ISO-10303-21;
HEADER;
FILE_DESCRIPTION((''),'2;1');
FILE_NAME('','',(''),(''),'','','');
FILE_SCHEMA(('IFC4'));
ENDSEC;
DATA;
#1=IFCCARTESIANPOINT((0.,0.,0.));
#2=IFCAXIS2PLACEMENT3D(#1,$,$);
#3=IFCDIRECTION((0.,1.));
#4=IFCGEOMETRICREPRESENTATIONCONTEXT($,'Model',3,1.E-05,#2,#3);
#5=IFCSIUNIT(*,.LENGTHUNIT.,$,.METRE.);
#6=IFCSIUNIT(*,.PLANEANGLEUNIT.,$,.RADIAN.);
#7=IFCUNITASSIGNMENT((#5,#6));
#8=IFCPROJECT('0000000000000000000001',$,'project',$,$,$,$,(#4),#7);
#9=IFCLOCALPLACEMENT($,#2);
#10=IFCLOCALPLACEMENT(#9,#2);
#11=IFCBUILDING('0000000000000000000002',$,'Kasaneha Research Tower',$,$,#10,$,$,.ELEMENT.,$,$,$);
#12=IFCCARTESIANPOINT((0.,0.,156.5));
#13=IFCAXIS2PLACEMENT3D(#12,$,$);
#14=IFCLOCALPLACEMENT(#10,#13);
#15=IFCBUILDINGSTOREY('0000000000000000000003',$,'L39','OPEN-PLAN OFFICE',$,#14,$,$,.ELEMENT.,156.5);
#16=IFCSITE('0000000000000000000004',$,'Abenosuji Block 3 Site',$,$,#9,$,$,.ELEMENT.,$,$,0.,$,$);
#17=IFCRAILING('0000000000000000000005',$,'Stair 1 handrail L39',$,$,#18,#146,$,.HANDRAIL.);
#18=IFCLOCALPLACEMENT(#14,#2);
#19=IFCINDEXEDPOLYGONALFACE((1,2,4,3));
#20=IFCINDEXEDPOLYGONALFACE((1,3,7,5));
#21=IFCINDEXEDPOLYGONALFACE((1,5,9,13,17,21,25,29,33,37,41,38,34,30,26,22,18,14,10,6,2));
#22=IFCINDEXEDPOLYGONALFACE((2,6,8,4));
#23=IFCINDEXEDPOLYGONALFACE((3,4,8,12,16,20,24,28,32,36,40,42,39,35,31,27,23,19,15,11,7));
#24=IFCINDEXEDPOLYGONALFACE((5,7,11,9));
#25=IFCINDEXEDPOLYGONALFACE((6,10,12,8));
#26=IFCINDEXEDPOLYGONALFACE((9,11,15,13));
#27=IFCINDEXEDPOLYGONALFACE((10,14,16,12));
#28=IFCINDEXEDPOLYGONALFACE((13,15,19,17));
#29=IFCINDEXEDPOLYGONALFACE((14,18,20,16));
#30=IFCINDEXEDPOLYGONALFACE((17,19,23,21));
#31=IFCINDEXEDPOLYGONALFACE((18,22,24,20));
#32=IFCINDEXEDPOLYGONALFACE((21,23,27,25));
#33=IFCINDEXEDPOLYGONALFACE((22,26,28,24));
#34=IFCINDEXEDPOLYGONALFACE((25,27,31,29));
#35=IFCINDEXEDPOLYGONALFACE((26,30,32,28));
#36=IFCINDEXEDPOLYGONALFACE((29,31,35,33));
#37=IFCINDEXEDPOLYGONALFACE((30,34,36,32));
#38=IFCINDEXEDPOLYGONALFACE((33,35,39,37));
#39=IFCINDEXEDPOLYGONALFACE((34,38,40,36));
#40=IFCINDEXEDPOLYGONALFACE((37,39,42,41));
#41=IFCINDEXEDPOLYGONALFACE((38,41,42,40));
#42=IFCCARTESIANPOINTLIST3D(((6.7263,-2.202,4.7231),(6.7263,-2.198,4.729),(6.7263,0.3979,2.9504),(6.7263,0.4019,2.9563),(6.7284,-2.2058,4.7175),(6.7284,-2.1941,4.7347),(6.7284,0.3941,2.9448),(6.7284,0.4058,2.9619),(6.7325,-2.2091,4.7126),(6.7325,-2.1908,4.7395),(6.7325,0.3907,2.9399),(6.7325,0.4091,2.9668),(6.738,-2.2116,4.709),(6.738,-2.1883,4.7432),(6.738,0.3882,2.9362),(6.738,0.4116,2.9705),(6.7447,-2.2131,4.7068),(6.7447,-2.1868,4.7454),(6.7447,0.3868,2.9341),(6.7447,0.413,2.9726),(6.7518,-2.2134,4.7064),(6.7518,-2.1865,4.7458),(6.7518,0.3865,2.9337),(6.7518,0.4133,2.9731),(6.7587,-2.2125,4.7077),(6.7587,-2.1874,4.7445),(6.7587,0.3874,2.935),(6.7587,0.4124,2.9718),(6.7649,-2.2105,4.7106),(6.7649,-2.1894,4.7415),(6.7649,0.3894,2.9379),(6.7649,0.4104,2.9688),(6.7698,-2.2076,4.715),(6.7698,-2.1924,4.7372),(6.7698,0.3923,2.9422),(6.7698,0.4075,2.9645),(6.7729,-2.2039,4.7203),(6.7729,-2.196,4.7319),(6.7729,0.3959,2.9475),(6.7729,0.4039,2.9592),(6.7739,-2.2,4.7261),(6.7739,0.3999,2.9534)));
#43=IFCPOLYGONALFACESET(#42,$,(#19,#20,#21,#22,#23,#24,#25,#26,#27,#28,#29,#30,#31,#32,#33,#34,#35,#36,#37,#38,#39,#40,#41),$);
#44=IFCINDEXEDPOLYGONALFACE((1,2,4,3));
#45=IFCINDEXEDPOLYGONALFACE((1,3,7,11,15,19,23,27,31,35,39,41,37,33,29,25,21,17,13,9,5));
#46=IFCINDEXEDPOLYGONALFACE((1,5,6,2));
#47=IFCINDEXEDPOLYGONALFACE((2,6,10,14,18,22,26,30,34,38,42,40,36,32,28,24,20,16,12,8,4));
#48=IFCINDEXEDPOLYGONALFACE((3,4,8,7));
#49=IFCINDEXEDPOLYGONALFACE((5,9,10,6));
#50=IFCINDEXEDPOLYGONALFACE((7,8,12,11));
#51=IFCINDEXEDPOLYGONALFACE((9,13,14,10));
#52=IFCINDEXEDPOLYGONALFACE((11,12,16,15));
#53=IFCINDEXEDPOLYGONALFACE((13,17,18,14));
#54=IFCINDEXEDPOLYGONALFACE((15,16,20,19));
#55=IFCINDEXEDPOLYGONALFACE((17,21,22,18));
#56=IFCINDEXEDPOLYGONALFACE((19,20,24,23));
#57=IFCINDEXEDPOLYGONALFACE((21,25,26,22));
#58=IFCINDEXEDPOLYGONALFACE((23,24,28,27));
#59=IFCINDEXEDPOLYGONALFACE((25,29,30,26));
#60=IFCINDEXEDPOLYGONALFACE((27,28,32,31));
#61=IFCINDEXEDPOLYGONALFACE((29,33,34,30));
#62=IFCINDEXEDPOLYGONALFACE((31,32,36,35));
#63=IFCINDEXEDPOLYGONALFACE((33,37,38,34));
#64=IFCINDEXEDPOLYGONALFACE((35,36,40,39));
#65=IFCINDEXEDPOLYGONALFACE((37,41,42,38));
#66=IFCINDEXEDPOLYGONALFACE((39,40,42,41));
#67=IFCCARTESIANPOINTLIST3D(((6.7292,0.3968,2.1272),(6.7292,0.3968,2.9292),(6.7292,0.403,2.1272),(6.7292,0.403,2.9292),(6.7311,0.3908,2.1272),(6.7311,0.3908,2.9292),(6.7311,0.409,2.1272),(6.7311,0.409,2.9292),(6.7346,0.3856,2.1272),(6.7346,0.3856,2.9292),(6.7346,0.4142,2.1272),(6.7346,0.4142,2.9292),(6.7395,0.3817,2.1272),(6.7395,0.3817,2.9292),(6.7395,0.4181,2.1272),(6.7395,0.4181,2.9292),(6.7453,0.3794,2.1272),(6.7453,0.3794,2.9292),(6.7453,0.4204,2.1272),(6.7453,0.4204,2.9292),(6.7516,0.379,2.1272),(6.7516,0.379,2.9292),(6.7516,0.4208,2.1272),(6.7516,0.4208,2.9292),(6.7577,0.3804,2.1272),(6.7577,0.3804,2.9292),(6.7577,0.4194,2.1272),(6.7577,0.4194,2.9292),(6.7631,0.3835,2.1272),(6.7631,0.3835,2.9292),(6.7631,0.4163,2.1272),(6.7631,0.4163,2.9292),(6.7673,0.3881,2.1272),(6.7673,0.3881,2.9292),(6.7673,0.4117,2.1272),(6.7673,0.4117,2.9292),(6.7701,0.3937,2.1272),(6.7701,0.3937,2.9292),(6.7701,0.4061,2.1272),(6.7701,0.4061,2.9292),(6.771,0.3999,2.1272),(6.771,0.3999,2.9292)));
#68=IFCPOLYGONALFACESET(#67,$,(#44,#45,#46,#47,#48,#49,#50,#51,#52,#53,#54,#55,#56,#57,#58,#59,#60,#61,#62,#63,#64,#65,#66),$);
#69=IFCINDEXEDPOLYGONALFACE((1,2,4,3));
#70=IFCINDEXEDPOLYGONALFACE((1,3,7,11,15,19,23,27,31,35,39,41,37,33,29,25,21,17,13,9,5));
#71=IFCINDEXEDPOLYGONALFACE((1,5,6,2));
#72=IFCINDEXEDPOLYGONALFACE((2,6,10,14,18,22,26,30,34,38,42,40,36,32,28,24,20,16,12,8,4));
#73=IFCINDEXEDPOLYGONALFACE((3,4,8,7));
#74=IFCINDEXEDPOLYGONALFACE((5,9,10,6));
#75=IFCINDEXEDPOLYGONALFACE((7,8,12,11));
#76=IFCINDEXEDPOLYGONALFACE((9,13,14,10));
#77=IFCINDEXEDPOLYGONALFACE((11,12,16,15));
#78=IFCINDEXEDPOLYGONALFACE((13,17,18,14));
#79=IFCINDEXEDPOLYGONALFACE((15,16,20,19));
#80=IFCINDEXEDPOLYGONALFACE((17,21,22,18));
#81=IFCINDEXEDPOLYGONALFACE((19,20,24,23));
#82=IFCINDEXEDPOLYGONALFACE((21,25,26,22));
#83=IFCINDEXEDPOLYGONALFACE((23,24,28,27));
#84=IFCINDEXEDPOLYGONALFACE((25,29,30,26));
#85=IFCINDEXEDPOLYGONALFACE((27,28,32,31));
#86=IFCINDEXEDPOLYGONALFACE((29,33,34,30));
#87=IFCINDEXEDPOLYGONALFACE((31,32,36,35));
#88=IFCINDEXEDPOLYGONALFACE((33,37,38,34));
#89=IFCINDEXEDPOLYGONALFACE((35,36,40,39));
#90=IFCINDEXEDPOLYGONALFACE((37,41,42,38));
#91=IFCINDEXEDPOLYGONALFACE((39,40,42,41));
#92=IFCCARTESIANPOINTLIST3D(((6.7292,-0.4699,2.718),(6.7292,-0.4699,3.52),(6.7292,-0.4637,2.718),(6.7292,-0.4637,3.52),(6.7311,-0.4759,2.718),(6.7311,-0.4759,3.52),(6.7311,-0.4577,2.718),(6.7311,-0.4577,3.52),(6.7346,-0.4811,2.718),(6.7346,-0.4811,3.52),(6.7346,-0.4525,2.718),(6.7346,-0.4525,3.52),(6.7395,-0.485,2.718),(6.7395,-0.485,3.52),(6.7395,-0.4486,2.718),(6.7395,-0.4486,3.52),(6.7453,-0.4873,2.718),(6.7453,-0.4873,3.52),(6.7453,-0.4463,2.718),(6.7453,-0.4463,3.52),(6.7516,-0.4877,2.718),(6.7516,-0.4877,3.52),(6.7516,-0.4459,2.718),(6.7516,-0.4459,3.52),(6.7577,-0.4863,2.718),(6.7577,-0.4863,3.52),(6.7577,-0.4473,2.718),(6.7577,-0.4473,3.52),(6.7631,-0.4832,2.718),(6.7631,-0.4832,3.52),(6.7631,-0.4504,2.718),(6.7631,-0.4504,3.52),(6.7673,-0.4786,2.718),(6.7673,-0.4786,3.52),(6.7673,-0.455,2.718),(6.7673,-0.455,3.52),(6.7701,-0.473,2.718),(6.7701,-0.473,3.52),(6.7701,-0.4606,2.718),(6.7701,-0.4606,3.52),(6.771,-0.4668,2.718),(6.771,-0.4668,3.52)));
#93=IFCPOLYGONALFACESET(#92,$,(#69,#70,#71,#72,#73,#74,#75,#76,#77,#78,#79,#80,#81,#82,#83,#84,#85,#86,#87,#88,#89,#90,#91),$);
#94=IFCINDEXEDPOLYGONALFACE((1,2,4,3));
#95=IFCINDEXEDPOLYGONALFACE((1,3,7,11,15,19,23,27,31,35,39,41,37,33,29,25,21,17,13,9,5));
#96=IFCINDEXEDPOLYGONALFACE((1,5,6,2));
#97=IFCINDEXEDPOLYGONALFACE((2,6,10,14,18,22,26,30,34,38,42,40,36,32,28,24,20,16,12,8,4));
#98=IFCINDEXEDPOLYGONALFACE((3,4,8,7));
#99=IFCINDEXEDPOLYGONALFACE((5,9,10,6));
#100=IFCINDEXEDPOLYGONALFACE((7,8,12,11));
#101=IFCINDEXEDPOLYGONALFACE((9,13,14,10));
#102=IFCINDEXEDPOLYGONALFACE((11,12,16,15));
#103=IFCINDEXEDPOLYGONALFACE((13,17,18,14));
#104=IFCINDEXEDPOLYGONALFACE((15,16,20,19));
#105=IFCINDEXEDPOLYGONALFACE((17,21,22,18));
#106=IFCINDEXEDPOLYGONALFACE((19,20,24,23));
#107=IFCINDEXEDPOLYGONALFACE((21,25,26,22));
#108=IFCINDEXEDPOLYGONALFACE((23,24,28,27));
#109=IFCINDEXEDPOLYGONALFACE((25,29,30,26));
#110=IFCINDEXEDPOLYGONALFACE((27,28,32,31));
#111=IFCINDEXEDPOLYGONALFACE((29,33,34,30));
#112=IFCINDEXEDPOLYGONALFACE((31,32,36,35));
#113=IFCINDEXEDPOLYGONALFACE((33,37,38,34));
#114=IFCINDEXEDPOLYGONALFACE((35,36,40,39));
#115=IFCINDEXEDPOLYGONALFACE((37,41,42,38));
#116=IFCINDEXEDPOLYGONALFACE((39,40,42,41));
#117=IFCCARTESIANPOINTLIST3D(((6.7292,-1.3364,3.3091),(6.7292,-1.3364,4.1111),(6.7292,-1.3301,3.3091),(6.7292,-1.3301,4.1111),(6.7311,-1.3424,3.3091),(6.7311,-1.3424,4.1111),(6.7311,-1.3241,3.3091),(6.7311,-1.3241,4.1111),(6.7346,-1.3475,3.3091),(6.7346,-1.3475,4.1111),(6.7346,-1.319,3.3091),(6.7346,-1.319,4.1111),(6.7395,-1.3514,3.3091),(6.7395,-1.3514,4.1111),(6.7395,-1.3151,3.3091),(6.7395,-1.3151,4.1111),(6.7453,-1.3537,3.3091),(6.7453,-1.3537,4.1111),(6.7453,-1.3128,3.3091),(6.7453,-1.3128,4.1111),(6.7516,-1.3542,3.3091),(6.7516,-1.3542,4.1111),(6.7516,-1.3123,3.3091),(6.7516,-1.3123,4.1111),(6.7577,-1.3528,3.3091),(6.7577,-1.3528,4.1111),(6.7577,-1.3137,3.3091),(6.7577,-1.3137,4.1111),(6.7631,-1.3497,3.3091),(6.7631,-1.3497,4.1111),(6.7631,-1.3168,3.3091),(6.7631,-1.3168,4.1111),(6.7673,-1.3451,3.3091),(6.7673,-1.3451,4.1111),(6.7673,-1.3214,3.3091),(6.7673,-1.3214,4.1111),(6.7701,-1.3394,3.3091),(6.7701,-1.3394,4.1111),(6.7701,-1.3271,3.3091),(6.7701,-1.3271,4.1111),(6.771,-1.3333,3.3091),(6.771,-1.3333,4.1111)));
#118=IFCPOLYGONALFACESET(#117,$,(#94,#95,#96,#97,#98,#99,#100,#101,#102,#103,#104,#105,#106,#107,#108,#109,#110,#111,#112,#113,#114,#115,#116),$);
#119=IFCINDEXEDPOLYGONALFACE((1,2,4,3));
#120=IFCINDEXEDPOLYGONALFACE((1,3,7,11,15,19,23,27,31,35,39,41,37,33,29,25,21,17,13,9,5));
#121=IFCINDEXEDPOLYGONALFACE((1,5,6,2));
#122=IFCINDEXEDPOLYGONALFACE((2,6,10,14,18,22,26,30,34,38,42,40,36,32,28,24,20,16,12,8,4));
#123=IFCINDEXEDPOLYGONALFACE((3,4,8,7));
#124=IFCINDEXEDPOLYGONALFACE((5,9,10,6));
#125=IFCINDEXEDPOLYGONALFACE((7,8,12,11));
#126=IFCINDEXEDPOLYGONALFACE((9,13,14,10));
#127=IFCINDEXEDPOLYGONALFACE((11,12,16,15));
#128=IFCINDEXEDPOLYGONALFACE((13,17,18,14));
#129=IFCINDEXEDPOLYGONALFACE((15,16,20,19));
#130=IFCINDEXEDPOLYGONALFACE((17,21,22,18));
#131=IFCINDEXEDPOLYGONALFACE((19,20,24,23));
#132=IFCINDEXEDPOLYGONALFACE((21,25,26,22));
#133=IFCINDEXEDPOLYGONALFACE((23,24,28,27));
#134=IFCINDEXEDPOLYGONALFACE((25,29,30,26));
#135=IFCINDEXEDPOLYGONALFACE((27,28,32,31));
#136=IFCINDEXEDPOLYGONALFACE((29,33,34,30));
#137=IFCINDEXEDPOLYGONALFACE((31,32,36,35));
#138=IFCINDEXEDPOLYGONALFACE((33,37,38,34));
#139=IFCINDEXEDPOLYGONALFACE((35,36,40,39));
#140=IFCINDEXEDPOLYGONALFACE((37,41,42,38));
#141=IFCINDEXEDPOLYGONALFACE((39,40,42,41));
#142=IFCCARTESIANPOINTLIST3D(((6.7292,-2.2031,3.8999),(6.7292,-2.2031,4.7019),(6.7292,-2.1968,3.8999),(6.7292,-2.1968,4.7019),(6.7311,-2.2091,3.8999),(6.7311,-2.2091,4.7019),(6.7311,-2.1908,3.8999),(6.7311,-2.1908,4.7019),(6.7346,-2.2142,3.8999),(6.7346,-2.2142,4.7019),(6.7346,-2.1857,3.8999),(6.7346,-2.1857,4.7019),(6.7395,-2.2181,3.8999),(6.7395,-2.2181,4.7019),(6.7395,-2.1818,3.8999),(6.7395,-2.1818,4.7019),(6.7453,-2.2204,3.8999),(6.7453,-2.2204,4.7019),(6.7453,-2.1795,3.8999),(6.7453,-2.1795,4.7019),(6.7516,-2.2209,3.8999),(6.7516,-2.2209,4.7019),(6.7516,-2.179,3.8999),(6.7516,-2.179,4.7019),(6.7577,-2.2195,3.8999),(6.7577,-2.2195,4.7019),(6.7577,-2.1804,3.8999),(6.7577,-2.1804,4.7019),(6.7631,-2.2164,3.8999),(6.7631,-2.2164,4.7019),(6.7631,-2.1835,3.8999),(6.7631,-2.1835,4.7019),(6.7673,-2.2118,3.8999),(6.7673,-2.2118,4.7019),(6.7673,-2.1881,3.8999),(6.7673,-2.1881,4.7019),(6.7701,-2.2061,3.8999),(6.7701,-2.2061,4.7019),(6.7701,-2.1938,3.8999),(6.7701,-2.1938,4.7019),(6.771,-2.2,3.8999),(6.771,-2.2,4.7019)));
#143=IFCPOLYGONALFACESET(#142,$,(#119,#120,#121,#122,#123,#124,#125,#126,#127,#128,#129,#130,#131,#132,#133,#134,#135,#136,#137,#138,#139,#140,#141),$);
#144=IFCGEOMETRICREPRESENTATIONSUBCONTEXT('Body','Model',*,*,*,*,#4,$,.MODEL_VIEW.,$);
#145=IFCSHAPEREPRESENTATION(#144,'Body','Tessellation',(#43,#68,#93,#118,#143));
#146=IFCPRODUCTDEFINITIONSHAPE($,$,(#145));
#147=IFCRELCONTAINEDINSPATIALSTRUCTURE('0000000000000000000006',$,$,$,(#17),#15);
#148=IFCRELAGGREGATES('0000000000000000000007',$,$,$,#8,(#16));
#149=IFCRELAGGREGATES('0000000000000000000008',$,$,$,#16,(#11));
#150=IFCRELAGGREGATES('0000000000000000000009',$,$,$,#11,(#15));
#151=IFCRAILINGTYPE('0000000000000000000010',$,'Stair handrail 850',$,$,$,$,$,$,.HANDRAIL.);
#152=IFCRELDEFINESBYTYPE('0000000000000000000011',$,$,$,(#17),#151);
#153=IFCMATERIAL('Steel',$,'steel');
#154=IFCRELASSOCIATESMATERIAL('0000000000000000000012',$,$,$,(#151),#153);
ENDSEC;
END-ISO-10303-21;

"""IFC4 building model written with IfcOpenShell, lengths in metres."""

from ifc_helpers import new_model, si_unit, direction, frame, origin, origin_2d, place, context, subcontext, project, spatial, circle, extrude, material, type_object, element, save


model = new_model("IFC4")

# Units and contexts
model_context = context("Model", 3, precision=1e-05, world=origin(), true_north=direction((0.0, 1.0)))
body_context = subcontext(model_context, "Body", "Model", "MODEL_VIEW")
ifc_project = project(units=[si_unit("LENGTHUNIT", "METRE"), si_unit("PLANEANGLEUNIT", "RADIAN")], contexts=[model_context])

# Site, building, storey
site_placement = place(None, origin())
site = spatial("IfcSite", under=ifc_project, at=site_placement, Name="Abenosuji Block 3 Site", CompositionType="ELEMENT", RefElevation=0.0)
building_placement = place(site_placement, origin())
building = spatial("IfcBuilding", under=site, at=building_placement, Name="Kasaneha Research Tower", CompositionType="ELEMENT")
storey_placement = place(building_placement, frame((0.0, 0.0, 156.5)))
storey = spatial("IfcBuildingStorey", under=building, at=storey_placement, Name="L39", Description="OPEN-PLAN OFFICE", CompositionType="ELEMENT", Elevation=156.5)

# Railing
ifc_material_1 = material(Name="Steel", Category="steel")
railing_type_1 = type_object("IfcRailingType", Name="Stair handrail 850", PredefinedType="HANDRAIL", material=ifc_material_1)
railing_1_placement = place(storey_placement, frame((6.75, 0.3999, 2.1272)))
element("IfcRailing", 1, at=railing_1_placement, inside=storey, type_object=railing_type_1, Name="Stair 1 handrail L39", PredefinedType="HANDRAIL", context=body_context, shape_type="SweptSolid", body=[
    extrude(circle(Radius=0.0239, at=origin_2d()), frame((0.0, 0.0, 0.8262), z_axis=(0.0, -0.826216, 0.563354), x_axis=(1.0, 0.0, 0.0)), (0.0, 0.0, 1.0), 3.1467),
    extrude(circle(Radius=0.021, at=origin_2d()), origin(), (0.0, 0.0, 1.0), 0.802),
    extrude(circle(Radius=0.021, at=origin_2d()), frame((0.0, -0.8667, 0.5908)), (0.0, 0.0, 1.0), 0.802),
    extrude(circle(Radius=0.021, at=origin_2d()), frame((0.0, -1.7332, 1.1819)), (0.0, 0.0, 1.0), 0.802),
    extrude(circle(Radius=0.021, at=origin_2d()), frame((0.0, -2.5999, 1.7727)), (0.0, 0.0, 1.0), 0.802),
])

save(model, "model.ifc")
